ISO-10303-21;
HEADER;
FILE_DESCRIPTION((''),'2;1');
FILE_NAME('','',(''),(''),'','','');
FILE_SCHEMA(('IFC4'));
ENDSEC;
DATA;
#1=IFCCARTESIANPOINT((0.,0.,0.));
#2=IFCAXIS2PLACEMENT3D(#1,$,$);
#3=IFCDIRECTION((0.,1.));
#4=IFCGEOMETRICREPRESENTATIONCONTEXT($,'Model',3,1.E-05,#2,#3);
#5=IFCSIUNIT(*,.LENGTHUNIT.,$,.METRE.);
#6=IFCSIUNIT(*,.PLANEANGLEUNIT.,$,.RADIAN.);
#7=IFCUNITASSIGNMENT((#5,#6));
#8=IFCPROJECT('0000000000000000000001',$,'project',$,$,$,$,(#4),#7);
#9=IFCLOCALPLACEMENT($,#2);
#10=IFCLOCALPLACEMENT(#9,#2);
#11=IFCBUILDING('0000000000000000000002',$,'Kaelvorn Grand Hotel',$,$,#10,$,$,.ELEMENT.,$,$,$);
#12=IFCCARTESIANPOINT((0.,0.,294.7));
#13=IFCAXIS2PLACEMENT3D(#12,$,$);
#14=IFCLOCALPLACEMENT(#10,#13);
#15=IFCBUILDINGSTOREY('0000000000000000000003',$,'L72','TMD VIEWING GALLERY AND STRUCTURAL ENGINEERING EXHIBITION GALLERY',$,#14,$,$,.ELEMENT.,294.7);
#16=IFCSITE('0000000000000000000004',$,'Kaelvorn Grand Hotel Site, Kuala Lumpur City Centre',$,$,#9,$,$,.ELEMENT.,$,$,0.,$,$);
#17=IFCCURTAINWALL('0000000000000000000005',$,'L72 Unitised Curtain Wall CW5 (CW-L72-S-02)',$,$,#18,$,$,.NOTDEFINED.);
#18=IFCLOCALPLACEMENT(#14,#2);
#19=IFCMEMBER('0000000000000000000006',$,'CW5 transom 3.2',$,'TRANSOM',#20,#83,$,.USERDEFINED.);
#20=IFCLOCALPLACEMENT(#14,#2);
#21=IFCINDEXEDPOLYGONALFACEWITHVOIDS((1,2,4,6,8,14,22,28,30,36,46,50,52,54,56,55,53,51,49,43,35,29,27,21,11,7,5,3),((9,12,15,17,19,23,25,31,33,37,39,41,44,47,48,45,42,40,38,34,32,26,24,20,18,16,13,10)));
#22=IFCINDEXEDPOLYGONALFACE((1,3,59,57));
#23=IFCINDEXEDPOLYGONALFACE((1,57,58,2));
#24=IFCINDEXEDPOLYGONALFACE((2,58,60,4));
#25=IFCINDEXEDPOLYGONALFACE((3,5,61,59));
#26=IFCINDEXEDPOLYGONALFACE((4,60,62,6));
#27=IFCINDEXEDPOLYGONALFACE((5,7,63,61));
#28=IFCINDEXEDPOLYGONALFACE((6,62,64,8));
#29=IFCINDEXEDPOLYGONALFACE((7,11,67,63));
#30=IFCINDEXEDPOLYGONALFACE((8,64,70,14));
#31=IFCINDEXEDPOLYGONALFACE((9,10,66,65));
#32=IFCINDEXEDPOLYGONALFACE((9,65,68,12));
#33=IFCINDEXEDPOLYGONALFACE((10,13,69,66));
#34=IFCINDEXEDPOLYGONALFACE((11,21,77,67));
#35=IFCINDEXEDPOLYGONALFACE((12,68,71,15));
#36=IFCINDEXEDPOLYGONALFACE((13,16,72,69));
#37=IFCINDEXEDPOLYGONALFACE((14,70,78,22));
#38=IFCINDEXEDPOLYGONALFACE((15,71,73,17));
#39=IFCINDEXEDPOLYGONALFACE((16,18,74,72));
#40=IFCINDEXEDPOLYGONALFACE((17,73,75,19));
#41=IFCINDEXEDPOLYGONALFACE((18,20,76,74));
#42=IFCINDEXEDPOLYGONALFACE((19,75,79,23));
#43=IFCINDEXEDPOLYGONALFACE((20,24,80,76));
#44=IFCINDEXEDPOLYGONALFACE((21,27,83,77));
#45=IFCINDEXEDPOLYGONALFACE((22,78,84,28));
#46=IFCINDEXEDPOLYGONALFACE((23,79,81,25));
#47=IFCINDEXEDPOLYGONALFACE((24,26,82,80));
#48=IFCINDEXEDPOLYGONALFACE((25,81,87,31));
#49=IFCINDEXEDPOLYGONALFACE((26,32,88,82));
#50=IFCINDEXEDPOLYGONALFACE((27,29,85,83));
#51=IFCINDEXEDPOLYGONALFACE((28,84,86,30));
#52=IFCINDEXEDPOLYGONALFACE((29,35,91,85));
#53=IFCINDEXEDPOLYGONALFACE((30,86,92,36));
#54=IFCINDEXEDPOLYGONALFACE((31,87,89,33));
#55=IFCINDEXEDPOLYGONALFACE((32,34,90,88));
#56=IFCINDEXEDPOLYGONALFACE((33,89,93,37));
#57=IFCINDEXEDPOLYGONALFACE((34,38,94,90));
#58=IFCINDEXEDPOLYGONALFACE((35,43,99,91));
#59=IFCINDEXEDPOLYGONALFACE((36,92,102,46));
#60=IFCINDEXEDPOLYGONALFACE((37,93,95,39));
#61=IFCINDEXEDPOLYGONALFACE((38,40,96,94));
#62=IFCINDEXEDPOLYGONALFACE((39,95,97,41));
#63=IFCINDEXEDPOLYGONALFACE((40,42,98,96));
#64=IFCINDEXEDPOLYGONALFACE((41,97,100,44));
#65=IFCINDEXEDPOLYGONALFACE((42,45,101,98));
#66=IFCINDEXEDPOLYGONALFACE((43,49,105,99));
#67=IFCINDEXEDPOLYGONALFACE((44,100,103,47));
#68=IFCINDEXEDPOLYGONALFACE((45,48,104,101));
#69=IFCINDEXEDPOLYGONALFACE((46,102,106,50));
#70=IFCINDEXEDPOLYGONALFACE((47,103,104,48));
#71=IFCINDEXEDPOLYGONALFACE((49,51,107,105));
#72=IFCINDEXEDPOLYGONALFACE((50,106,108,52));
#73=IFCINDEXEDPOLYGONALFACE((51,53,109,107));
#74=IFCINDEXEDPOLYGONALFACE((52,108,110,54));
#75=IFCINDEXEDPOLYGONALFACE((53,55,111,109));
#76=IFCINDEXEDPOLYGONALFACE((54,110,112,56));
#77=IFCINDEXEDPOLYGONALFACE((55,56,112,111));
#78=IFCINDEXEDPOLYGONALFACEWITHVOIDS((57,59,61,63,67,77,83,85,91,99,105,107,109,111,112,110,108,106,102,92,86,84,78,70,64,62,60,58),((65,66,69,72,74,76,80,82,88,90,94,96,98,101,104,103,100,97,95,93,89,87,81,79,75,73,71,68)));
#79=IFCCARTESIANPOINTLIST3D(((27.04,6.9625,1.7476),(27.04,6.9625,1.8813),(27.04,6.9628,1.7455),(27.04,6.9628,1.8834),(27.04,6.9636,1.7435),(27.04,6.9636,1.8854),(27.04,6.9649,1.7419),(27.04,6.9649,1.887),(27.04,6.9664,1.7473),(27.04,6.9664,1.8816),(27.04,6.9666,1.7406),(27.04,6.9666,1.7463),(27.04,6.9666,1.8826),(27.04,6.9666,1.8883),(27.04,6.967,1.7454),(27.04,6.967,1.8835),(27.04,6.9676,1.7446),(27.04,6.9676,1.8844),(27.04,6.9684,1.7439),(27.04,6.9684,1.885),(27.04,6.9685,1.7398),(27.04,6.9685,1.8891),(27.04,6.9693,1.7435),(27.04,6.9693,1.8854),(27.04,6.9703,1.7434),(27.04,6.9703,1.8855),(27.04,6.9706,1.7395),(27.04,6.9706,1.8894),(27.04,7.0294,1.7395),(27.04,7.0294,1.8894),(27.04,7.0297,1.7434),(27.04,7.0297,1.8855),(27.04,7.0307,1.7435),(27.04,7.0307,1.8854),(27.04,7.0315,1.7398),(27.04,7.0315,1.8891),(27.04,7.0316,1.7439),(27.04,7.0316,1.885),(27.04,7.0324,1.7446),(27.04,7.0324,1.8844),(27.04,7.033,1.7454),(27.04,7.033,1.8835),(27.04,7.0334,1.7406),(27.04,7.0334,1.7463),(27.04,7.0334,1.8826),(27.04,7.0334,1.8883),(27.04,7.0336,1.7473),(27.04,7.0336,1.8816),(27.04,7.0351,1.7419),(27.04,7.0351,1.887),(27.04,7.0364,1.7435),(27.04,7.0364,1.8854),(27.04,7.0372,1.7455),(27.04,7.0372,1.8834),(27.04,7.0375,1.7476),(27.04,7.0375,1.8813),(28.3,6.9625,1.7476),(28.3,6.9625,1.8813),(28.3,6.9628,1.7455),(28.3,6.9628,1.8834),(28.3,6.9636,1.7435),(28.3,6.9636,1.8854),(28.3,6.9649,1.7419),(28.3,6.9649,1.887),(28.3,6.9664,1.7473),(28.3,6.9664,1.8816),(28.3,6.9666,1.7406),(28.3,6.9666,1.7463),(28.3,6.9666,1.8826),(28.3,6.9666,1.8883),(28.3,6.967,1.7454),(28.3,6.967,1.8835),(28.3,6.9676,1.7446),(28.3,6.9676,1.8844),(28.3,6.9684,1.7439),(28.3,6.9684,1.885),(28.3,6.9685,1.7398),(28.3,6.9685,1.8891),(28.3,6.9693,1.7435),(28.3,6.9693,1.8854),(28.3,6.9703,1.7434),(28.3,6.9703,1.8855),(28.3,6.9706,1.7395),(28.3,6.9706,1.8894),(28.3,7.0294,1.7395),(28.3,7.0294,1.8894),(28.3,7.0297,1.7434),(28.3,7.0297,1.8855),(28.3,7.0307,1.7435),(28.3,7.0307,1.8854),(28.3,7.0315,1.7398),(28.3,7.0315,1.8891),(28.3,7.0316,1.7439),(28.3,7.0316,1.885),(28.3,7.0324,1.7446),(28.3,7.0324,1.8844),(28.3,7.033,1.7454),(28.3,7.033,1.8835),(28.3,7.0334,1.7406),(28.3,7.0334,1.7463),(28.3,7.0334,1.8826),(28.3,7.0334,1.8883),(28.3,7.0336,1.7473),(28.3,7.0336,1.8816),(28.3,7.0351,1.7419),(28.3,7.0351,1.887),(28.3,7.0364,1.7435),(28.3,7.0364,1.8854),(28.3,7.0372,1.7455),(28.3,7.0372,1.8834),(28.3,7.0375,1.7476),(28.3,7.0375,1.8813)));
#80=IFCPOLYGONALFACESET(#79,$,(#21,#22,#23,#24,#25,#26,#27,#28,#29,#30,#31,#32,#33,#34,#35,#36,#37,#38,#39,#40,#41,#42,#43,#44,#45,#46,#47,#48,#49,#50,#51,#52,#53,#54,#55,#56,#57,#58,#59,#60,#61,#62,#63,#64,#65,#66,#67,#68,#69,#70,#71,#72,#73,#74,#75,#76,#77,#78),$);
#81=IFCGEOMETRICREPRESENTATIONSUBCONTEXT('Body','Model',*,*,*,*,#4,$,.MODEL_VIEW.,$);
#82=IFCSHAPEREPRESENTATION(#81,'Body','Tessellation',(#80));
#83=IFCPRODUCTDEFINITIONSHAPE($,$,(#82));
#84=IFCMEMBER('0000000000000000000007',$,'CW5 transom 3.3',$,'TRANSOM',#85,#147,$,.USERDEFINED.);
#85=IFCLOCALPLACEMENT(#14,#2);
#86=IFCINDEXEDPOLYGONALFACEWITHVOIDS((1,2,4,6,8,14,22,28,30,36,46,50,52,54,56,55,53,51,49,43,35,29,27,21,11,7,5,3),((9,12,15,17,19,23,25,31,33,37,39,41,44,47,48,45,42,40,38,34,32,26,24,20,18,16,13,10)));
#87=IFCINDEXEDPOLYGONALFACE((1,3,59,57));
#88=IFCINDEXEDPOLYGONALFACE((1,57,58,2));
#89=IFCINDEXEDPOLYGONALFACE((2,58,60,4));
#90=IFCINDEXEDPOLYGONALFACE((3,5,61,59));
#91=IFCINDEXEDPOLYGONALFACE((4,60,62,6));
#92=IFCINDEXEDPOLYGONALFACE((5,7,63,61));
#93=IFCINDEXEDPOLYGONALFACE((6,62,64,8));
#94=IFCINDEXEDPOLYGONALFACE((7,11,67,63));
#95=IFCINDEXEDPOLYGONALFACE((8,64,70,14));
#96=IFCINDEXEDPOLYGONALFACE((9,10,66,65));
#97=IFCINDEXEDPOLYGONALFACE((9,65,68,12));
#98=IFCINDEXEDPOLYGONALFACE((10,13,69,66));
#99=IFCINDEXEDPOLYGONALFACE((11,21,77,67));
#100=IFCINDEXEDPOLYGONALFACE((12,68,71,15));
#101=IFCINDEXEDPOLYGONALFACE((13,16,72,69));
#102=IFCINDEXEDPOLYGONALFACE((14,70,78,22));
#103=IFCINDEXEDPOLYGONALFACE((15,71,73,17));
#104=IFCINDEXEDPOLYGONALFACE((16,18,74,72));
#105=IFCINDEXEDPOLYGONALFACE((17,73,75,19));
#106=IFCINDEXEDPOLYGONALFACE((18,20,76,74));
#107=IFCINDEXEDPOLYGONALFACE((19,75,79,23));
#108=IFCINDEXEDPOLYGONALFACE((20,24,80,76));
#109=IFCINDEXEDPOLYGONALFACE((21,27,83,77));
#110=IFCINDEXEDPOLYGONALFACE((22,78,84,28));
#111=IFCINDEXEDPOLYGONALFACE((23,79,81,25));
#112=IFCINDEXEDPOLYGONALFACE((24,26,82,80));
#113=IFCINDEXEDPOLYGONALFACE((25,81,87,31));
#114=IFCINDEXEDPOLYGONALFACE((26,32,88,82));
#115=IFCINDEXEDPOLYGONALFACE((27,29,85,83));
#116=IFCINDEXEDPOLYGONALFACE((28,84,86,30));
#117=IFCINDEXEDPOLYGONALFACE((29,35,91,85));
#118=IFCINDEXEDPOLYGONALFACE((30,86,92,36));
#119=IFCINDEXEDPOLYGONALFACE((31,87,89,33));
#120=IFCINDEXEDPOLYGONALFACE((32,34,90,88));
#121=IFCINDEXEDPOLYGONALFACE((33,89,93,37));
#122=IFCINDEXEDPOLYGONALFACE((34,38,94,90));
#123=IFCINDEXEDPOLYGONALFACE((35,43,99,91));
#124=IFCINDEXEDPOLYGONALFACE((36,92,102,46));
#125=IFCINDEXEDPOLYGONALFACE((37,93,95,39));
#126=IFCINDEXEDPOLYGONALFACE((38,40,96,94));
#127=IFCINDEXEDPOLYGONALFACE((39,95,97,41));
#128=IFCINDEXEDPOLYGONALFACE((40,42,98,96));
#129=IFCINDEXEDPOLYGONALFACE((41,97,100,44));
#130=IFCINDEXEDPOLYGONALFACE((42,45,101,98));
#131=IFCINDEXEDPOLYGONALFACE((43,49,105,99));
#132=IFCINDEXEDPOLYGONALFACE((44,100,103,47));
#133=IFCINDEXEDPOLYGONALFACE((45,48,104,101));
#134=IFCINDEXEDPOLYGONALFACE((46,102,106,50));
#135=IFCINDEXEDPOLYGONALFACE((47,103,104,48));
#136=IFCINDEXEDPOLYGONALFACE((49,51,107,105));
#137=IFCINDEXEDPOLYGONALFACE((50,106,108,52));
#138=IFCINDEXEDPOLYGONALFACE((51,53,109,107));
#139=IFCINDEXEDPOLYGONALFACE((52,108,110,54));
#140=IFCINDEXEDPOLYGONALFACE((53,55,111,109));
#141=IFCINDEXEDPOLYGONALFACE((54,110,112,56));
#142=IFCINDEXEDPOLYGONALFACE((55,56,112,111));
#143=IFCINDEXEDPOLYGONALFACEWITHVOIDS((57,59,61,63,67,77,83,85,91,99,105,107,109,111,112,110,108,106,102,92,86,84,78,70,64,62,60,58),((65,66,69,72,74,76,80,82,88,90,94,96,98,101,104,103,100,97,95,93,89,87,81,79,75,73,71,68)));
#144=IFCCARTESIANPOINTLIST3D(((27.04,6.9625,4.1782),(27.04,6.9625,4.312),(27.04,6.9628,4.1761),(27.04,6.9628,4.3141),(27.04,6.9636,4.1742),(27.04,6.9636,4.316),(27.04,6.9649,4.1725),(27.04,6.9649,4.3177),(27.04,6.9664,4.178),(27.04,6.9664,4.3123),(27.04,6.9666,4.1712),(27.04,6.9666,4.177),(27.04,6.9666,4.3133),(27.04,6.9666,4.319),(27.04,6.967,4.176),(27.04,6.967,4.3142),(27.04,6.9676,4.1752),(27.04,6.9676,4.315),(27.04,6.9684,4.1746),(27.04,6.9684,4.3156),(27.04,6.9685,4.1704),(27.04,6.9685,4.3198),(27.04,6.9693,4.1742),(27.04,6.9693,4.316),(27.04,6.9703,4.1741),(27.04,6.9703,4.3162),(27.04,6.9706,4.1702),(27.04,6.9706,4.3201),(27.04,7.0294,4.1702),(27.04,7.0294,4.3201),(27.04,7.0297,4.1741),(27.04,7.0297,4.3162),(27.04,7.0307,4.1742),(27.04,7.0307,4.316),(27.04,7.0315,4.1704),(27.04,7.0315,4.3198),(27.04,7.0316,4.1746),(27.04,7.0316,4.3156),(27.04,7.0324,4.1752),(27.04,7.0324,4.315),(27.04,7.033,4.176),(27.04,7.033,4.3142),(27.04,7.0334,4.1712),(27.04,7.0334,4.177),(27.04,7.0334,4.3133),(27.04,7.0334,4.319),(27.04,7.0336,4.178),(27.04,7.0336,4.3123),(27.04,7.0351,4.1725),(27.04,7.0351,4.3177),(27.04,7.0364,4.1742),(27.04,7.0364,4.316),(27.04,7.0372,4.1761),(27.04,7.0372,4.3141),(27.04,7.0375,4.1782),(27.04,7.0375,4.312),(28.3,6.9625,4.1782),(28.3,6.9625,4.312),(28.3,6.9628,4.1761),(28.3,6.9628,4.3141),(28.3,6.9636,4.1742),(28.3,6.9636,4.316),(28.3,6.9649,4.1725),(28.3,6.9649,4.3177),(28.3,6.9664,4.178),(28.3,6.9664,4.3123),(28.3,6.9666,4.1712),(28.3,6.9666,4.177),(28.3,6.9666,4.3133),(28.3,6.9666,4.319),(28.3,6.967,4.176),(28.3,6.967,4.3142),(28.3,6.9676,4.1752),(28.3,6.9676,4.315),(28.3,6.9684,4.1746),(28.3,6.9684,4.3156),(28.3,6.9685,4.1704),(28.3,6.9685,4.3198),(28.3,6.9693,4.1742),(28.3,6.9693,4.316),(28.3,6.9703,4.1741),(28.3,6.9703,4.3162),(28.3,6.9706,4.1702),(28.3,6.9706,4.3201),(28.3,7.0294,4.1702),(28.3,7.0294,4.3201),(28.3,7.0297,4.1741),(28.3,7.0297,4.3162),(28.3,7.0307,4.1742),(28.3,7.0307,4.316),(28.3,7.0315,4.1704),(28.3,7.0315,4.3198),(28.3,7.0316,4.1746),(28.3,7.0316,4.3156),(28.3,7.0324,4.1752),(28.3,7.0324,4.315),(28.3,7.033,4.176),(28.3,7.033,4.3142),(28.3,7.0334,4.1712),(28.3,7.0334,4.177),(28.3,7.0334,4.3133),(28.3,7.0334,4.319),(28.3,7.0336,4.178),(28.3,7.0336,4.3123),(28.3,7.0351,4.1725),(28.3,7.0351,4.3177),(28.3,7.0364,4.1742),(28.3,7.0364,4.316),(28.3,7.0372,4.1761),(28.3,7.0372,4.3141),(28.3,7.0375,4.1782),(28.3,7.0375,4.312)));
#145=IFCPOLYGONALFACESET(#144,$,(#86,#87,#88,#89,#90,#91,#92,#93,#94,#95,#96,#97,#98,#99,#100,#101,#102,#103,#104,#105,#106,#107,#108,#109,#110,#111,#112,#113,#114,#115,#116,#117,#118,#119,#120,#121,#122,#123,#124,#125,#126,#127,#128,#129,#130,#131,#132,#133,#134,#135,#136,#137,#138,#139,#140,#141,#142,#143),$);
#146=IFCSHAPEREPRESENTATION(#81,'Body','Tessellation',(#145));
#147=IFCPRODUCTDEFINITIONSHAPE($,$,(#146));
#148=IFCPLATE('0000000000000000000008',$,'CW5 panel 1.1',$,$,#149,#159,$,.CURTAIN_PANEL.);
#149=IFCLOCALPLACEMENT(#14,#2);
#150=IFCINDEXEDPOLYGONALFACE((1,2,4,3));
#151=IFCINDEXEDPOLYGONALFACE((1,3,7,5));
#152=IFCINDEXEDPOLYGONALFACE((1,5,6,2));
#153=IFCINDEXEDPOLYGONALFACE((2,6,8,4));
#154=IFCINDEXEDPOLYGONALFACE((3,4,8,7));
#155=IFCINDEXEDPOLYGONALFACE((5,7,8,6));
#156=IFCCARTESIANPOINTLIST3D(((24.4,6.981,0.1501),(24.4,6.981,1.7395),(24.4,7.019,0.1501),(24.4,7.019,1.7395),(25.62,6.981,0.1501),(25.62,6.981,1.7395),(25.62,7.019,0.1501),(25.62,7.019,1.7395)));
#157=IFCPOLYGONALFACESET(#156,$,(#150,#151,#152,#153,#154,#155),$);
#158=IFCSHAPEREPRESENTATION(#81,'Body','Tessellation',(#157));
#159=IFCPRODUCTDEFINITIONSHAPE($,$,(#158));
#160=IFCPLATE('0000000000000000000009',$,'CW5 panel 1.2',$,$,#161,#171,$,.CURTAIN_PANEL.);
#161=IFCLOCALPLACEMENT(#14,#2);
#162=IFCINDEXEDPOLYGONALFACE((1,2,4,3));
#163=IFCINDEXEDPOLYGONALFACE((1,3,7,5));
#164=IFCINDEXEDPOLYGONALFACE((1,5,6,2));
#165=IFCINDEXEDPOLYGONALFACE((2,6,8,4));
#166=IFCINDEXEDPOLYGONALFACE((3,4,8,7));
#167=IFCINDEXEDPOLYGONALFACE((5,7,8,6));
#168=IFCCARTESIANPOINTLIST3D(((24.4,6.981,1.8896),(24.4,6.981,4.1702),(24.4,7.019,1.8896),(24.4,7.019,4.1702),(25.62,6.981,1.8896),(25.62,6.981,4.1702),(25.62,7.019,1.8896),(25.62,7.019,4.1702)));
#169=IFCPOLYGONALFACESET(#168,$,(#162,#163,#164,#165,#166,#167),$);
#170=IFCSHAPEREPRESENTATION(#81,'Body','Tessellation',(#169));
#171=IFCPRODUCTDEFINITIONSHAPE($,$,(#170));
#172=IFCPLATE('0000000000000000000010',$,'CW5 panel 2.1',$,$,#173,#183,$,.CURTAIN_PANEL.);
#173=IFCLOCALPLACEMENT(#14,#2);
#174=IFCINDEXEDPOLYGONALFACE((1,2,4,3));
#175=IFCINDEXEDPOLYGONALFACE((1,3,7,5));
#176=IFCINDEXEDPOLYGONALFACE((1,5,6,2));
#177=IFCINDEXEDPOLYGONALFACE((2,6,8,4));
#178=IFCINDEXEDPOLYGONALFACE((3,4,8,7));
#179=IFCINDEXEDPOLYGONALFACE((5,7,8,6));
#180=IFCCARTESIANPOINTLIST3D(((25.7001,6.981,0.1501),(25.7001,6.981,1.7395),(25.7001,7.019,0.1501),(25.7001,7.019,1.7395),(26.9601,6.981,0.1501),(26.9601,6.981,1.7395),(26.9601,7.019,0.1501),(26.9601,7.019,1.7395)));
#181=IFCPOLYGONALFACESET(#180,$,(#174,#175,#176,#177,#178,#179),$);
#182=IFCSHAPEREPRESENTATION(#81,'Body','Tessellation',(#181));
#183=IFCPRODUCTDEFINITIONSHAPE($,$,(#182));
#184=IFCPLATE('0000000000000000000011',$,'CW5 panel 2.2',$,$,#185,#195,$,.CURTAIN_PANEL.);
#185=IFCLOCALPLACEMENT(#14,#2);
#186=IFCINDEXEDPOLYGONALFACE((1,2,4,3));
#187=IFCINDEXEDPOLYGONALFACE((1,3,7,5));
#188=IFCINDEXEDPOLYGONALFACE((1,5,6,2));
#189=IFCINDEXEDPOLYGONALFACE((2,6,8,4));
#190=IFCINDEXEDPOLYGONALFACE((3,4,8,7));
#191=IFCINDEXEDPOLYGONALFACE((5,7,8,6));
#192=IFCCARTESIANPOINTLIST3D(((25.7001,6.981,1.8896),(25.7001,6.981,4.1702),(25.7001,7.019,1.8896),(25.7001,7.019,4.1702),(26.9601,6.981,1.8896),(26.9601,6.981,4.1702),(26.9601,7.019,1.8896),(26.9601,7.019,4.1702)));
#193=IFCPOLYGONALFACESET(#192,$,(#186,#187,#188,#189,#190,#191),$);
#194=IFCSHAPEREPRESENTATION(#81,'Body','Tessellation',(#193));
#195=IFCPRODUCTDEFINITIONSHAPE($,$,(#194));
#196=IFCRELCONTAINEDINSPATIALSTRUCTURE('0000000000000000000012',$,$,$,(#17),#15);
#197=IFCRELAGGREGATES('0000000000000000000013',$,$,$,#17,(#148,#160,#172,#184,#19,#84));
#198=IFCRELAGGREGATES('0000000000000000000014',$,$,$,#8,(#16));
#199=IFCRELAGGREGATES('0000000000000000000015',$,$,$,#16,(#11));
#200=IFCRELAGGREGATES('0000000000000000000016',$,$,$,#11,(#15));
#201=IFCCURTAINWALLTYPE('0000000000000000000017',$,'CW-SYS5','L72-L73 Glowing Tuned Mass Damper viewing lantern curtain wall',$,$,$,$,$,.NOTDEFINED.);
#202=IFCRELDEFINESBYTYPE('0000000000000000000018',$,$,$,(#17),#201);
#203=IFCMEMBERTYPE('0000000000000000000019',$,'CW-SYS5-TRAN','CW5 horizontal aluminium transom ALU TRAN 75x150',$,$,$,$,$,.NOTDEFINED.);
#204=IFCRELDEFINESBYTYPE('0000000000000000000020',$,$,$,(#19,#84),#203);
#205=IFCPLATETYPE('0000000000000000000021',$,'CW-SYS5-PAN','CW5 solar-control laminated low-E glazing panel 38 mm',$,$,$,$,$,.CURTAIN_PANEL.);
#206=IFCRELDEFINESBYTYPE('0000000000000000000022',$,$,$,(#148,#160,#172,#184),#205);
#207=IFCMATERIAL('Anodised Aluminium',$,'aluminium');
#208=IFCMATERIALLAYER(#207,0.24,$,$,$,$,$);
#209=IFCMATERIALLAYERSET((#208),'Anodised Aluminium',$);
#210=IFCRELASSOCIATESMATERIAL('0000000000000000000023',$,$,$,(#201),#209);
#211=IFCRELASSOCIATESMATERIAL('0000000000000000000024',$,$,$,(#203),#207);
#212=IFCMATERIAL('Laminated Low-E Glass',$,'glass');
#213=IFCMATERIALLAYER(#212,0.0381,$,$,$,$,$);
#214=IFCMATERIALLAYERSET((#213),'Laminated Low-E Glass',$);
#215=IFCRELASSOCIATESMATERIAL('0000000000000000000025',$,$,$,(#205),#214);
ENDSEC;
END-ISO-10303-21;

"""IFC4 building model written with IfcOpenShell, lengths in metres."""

from ifc_helpers import new_model, si_unit, direction, frame, origin, origin_2d, place, context, subcontext, project, spatial, rectangle, hollow_rectangle, extrude, material, layer, layer_set, material_profile, profile_set, type_object, element, aggregate, save


model = new_model("IFC4")

# Units and contexts
model_context = context("Model", 3, precision=1e-05, world=origin(), true_north=direction((0.0, 1.0)))
body_context = subcontext(model_context, "Body", "Model", "MODEL_VIEW")
ifc_project = project(units=[si_unit("LENGTHUNIT", "METRE"), si_unit("PLANEANGLEUNIT", "RADIAN")], contexts=[model_context])

# Site, building, storey
site_placement = place(None, origin())
site = spatial("IfcSite", under=ifc_project, at=site_placement, Name="Kaelvorn Grand Hotel Site, Kuala Lumpur City Centre", CompositionType="ELEMENT", RefElevation=0.0)
building_placement = place(site_placement, origin())
building = spatial("IfcBuilding", under=site, at=building_placement, Name="Kaelvorn Grand Hotel", CompositionType="ELEMENT")
storey_placement = place(building_placement, frame((0.0, 0.0, 294.7)))
storey = spatial("IfcBuildingStorey", under=building, at=storey_placement, Name="L72", Description="TMD VIEWING GALLERY AND STRUCTURAL ENGINEERING EXHIBITION GALLERY", CompositionType="ELEMENT", Elevation=294.7)

# Curtain wall, members, plates
ifc_material_1 = material(Name="Anodised Aluminium", Category="aluminium")
ifc_layer_1 = layer(ifc_material_1, 0.24)
ifc_layer_set_1 = layer_set([ifc_layer_1], Name="Anodised Aluminium")
curtain_wall_type = type_object("IfcCurtainWallType", Name="CW-SYS5", Description="L72-L73 Glowing Tuned Mass Damper viewing lantern curtain wall", PredefinedType="NOTDEFINED", material=ifc_layer_set_1)
curtain_wall_placement = place(storey_placement, origin())
curtain_wall = element("IfcCurtainWall", 1, at=curtain_wall_placement, inside=storey, type_object=curtain_wall_type, Name="L72 Unitised Curtain Wall CW5 (CW-L72-S-02)", PredefinedType="NOTDEFINED")
ifc_material_profile_1 = material_profile(ifc_material_1, hollow_rectangle(XDim=0.075, YDim=0.1499, WallThickness=0.0039, InnerFilletRadius=0.0039, OuterFilletRadius=0.0081, at=origin_2d()), Name="ALU TRAN 75x150")
ifc_profile_set_1 = profile_set([ifc_material_profile_1], Name="Anodised Aluminium")
member_type_1 = type_object("IfcMemberType", Name="CW-SYS5-TRAN", Description="CW5 horizontal aluminium transom ALU TRAN 75x150", PredefinedType="NOTDEFINED", material=ifc_profile_set_1)
member_1_placement = place(storey_placement, frame((27.04, 7.0, 1.8145), z_axis=(1.0, 0.0, 0.0), x_axis=(0.0, 1.0, 0.0)))
member_1 = element("IfcMember", 2, at=member_1_placement, type_object=member_type_1, Name="CW5 transom 3.2", ObjectType="TRANSOM", PredefinedType="USERDEFINED", context=body_context, shape_type="SweptSolid", body=[
    extrude(hollow_rectangle(XDim=0.075, YDim=0.1499, WallThickness=0.0039, InnerFilletRadius=0.0039, OuterFilletRadius=0.0081, at=origin_2d()), origin(), (0.0, 0.0, 1.0), 1.26),
])
member_2_placement = place(storey_placement, frame((27.04, 7.0, 4.2451), z_axis=(1.0, 0.0, 0.0), x_axis=(0.0, 1.0, 0.0)))
member_2 = element("IfcMember", 3, at=member_2_placement, type_object=member_type_1, Name="CW5 transom 3.3", ObjectType="TRANSOM", PredefinedType="USERDEFINED", context=body_context, shape_type="SweptSolid", body=[
    extrude(hollow_rectangle(XDim=0.075, YDim=0.1499, WallThickness=0.0039, InnerFilletRadius=0.0039, OuterFilletRadius=0.0081, at=origin_2d()), origin(), (0.0, 0.0, 1.0), 1.26),
])
ifc_material_2 = material(Name="Laminated Low-E Glass", Category="glass")
ifc_layer_2 = layer(ifc_material_2, 0.0381)
ifc_layer_set_2 = layer_set([ifc_layer_2], Name="Laminated Low-E Glass")
plate_type = type_object("IfcPlateType", Name="CW-SYS5-PAN", Description="CW5 solar-control laminated low-E glazing panel 38 mm", PredefinedType="CURTAIN_PANEL", material=ifc_layer_set_2)
plate_1_placement = place(storey_placement, frame((25.01, 7.0, 0.1501), z_axis=(0.0, 0.0, 1.0), x_axis=(1.0, 0.0, 0.0)))
plate_1 = element("IfcPlate", 4, at=plate_1_placement, type_object=plate_type, Name="CW5 panel 1.1", PredefinedType="CURTAIN_PANEL", context=body_context, shape_type="SweptSolid", body=[
    extrude(rectangle(XDim=1.22, YDim=0.0381, at=origin_2d()), origin(), (0.0, 0.0, 1.0), 1.5894),
])
plate_2_placement = place(storey_placement, frame((25.01, 7.0, 1.8896), z_axis=(0.0, 0.0, 1.0), x_axis=(1.0, 0.0, 0.0)))
plate_2 = element("IfcPlate", 5, at=plate_2_placement, type_object=plate_type, Name="CW5 panel 1.2", PredefinedType="CURTAIN_PANEL", context=body_context, shape_type="SweptSolid", body=[
    extrude(rectangle(XDim=1.22, YDim=0.0381, at=origin_2d()), origin(), (0.0, 0.0, 1.0), 2.2805),
])
plate_3_placement = place(storey_placement, frame((26.3301, 7.0, 0.1501), z_axis=(0.0, 0.0, 1.0), x_axis=(1.0, 0.0, 0.0)))
plate_3 = element("IfcPlate", 6, at=plate_3_placement, type_object=plate_type, Name="CW5 panel 2.1", PredefinedType="CURTAIN_PANEL", context=body_context, shape_type="SweptSolid", body=[
    extrude(rectangle(XDim=1.26, YDim=0.0381, at=origin_2d()), origin(), (0.0, 0.0, 1.0), 1.5894),
])
plate_4_placement = place(storey_placement, frame((26.3301, 7.0, 1.8896), z_axis=(0.0, 0.0, 1.0), x_axis=(1.0, 0.0, 0.0)))
plate_4 = element("IfcPlate", 7, at=plate_4_placement, type_object=plate_type, Name="CW5 panel 2.2", PredefinedType="CURTAIN_PANEL", context=body_context, shape_type="SweptSolid", body=[
    extrude(rectangle(XDim=1.26, YDim=0.0381, at=origin_2d()), origin(), (0.0, 0.0, 1.0), 2.2805),
])
aggregate(curtain_wall, [plate_1, plate_2, plate_3, plate_4, member_1, member_2])

save(model, "model.ifc")
